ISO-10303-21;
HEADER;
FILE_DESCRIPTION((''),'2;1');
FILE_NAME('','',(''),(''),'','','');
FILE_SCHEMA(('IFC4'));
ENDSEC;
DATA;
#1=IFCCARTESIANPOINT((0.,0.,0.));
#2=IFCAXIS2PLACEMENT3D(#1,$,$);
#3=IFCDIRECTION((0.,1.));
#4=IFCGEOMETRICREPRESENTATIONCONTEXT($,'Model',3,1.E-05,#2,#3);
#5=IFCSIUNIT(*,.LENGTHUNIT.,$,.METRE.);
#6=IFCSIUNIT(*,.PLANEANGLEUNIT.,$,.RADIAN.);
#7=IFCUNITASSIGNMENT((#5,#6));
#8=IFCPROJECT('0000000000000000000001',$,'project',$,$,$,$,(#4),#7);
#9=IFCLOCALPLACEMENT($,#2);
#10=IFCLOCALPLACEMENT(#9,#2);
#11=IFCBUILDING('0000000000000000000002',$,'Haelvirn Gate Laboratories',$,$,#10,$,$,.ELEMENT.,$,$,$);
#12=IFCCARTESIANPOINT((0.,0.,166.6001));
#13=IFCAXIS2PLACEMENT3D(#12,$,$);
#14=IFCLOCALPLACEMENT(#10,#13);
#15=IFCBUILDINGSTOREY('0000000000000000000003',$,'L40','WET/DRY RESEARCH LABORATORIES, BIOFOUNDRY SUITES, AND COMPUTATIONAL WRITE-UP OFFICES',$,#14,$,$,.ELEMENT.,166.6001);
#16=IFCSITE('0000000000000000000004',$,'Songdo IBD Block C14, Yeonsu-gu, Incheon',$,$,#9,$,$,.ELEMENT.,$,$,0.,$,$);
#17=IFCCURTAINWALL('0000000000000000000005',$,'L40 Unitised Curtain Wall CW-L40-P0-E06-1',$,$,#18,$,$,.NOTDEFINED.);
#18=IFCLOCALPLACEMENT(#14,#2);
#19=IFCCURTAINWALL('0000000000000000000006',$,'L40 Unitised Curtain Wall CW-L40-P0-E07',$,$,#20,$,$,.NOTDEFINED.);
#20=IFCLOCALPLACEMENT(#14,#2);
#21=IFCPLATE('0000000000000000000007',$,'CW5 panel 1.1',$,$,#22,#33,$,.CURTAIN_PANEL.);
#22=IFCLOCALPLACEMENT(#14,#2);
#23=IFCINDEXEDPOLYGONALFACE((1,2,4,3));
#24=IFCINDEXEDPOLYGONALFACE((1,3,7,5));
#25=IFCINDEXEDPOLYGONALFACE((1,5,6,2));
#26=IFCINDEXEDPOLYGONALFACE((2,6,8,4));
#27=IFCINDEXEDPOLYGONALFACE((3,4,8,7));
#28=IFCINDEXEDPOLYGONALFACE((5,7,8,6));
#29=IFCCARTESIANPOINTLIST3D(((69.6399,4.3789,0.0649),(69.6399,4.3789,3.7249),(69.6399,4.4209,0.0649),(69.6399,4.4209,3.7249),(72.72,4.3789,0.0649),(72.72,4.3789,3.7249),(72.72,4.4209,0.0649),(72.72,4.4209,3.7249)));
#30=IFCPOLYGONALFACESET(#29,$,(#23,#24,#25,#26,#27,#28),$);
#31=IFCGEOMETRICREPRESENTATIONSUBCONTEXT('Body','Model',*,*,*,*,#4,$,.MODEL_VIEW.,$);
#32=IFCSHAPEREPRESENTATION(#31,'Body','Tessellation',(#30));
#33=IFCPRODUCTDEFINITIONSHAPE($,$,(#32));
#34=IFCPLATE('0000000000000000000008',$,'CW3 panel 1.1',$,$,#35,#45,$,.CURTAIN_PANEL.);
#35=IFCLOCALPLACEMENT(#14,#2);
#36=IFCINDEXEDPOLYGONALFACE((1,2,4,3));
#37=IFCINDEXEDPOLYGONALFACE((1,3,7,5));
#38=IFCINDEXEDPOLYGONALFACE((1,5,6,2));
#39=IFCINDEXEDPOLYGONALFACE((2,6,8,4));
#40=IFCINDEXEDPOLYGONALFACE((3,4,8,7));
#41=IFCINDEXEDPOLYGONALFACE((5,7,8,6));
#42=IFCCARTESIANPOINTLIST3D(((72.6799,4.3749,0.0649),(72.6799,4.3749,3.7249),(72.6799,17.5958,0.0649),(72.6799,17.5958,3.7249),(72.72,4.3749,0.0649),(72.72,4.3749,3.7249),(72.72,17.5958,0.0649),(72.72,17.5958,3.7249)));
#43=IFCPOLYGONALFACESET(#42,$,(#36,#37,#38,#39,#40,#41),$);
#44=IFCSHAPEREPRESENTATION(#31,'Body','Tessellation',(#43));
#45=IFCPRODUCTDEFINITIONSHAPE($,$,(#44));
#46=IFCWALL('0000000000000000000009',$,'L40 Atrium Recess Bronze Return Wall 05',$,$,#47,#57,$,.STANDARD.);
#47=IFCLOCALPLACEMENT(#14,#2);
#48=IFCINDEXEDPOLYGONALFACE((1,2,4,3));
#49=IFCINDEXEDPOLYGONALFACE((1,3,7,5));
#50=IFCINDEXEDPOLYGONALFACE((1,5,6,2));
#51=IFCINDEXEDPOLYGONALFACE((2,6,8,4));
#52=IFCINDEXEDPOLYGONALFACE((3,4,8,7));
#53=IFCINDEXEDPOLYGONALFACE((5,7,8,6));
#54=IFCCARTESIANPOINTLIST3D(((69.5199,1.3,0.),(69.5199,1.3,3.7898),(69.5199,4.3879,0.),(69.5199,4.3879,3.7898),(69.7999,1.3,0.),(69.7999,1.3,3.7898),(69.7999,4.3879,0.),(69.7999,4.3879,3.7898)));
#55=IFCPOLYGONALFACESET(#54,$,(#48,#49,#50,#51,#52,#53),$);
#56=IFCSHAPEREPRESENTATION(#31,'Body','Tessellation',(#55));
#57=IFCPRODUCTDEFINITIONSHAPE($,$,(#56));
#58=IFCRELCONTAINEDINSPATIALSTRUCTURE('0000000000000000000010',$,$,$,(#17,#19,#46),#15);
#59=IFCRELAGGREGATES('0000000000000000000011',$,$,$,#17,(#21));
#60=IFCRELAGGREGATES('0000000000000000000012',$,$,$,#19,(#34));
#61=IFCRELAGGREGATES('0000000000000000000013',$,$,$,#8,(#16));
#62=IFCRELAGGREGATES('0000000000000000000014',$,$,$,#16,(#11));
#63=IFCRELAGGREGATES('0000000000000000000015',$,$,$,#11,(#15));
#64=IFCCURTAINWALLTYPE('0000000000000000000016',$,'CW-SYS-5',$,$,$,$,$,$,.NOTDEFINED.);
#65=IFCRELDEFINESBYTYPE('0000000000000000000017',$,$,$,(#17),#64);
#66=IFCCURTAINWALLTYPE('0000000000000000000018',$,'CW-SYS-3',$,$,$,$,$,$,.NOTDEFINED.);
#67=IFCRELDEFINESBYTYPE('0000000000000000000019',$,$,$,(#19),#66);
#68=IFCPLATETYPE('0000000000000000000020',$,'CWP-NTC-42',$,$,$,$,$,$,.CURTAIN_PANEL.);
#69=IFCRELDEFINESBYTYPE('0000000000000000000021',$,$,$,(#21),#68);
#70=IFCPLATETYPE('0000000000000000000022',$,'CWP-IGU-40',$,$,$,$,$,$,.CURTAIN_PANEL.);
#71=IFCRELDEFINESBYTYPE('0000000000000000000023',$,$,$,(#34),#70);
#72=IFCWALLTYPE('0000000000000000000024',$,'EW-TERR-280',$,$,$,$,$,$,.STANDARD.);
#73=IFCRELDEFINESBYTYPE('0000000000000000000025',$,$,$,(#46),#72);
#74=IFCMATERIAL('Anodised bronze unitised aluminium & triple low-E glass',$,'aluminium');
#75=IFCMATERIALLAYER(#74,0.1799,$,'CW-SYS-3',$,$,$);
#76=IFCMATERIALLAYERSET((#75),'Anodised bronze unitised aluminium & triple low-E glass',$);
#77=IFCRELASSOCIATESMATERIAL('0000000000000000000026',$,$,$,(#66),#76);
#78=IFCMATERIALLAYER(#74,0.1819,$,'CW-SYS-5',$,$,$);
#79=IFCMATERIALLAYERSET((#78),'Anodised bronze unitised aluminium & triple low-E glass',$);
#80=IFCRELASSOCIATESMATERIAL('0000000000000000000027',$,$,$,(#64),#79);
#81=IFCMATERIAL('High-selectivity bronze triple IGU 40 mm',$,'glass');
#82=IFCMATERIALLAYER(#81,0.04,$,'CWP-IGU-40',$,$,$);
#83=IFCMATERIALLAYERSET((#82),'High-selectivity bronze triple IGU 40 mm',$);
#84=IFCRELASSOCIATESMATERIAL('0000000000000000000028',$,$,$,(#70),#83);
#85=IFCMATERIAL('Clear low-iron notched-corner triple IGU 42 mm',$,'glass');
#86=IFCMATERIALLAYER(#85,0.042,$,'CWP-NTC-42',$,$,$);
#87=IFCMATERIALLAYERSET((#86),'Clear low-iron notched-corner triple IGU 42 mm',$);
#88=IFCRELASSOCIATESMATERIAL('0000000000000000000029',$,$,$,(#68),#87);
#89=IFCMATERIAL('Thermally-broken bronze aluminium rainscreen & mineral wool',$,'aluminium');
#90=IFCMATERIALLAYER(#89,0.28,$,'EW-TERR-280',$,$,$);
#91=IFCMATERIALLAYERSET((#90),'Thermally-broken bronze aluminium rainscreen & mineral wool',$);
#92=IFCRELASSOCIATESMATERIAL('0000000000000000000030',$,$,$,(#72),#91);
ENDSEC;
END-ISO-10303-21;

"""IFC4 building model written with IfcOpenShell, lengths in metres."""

from ifc_helpers import new_model, si_unit, direction, frame, frame_2d, origin, origin_2d, place, context, subcontext, project, spatial, rectangle, extrude, source, transform, mapped, material, layer, layer_set, type_object, type_shapes, element, aggregate, save


model = new_model("IFC4")

# Units and contexts
model_context = context("Model", 3, precision=1e-05, world=origin(), true_north=direction((0.0, 1.0)))
body_context = subcontext(model_context, "Body", "Model", "MODEL_VIEW")
ifc_project = project(units=[si_unit("LENGTHUNIT", "METRE"), si_unit("PLANEANGLEUNIT", "RADIAN")], contexts=[model_context])

# Site, building, storey
site_placement = place(None, origin())
site = spatial("IfcSite", under=ifc_project, at=site_placement, Name="Songdo IBD Block C14, Yeonsu-gu, Incheon", CompositionType="ELEMENT", RefElevation=0.0)
building_placement = place(site_placement, origin())
building = spatial("IfcBuilding", under=site, at=building_placement, Name="Haelvirn Gate Laboratories", CompositionType="ELEMENT")
storey_placement = place(building_placement, frame((0.0, 0.0, 166.6001)))
storey = spatial("IfcBuildingStorey", under=building, at=storey_placement, Name="L40", Description="WET/DRY RESEARCH LABORATORIES, BIOFOUNDRY SUITES, AND COMPUTATIONAL WRITE-UP OFFICES", CompositionType="ELEMENT", Elevation=166.6001)

# Curtain walls
ifc_material_1 = material(Name="Anodised bronze unitised aluminium & triple low-E glass", Category="aluminium")
ifc_layer_1 = layer(ifc_material_1, 0.1799, Name="CW-SYS-3")
ifc_layer_set_1 = layer_set([ifc_layer_1], Name="Anodised bronze unitised aluminium & triple low-E glass")
curtain_wall_type_1 = type_object("IfcCurtainWallType", Name="CW-SYS-3", PredefinedType="NOTDEFINED", material=ifc_layer_set_1)
ifc_layer_2 = layer(ifc_material_1, 0.1819, Name="CW-SYS-5")
ifc_layer_set_2 = layer_set([ifc_layer_2], Name="Anodised bronze unitised aluminium & triple low-E glass")
curtain_wall_type_2 = type_object("IfcCurtainWallType", Name="CW-SYS-5", PredefinedType="NOTDEFINED", material=ifc_layer_set_2)
curtain_wall_1_placement = place(storey_placement, origin())
curtain_wall_1 = element("IfcCurtainWall", 1, at=curtain_wall_1_placement, inside=storey, type_object=curtain_wall_type_2, Name="L40 Unitised Curtain Wall CW-L40-P0-E06-1", PredefinedType="NOTDEFINED")
curtain_wall_2_placement = place(storey_placement, origin())
curtain_wall_2 = element("IfcCurtainWall", 2, at=curtain_wall_2_placement, inside=storey, type_object=curtain_wall_type_1, Name="L40 Unitised Curtain Wall CW-L40-P0-E07", PredefinedType="NOTDEFINED")

# Plates
ifc_material_2 = material(Name="High-selectivity bronze triple IGU 40 mm", Category="glass")
ifc_layer_3 = layer(ifc_material_2, 0.04, Name="CWP-IGU-40")
ifc_layer_set_3 = layer_set([ifc_layer_3], Name="High-selectivity bronze triple IGU 40 mm")
plate_type_1 = type_object("IfcPlateType", Name="CWP-IGU-40", PredefinedType="CURTAIN_PANEL", material=ifc_layer_set_3)
ifc_material_3 = material(Name="Clear low-iron notched-corner triple IGU 42 mm", Category="glass")
ifc_layer_4 = layer(ifc_material_3, 0.042, Name="CWP-NTC-42")
ifc_layer_set_4 = layer_set([ifc_layer_4], Name="Clear low-iron notched-corner triple IGU 42 mm")
plate_type_2 = type_object("IfcPlateType", Name="CWP-NTC-42", PredefinedType="CURTAIN_PANEL", material=ifc_layer_set_4)
shared_shape_1 = source(origin(), body_context, "Body", "SweptSolid", [
    extrude(rectangle(XDim=3.0801, YDim=0.042, at=origin_2d()), origin(), (0.0, 0.0, 1.0), 3.6599),
])
type_shapes(plate_type_2, [shared_shape_1])
plate_1_placement = place(storey_placement, frame((71.1799, 4.3999, 0.0649), z_axis=(0.0, 0.0, 1.0), x_axis=(1.0, 0.0, 0.0)))
plate_1 = element("IfcPlate", 3, at=plate_1_placement, type_object=plate_type_2, Name="CW5 panel 1.1", PredefinedType="CURTAIN_PANEL", context=body_context, shape_type="MappedRepresentation", body=[
    mapped(shared_shape_1, transform((0.0, 0.0, 0.0), scale=1.0)),
])
aggregate(curtain_wall_1, [plate_1])
shared_shape_2 = source(origin(), body_context, "Body", "SweptSolid", [
    extrude(rectangle(XDim=13.2209, YDim=0.04, at=origin_2d()), origin(), (0.0, 0.0, 1.0), 3.6599),
])
plate_2_placement = place(storey_placement, frame((72.7, 10.9854, 0.0649), z_axis=(0.0, 0.0, 1.0), x_axis=(0.0, 1.0, 0.0)))
plate_2 = element("IfcPlate", 4, at=plate_2_placement, type_object=plate_type_1, Name="CW3 panel 1.1", PredefinedType="CURTAIN_PANEL", context=body_context, shape_type="MappedRepresentation", body=[
    mapped(shared_shape_2, transform((0.0, 0.0, 0.0), scale=1.0)),
])
aggregate(curtain_wall_2, [plate_2])

# Wall
ifc_material_4 = material(Name="Thermally-broken bronze aluminium rainscreen & mineral wool", Category="aluminium")
ifc_layer_5 = layer(ifc_material_4, 0.28, Name="EW-TERR-280")
ifc_layer_set_5 = layer_set([ifc_layer_5], Name="Thermally-broken bronze aluminium rainscreen & mineral wool")
wall_type = type_object("IfcWallType", Name="EW-TERR-280", PredefinedType="STANDARD", material=ifc_layer_set_5)
wall_placement = place(storey_placement, frame((69.6599, 1.3, 0.0), z_axis=(0.0, 0.0, 1.0), x_axis=(0.0, 1.0, 0.0)))
element("IfcWall", 5, at=wall_placement, inside=storey, type_object=wall_type, Name="L40 Atrium Recess Bronze Return Wall 05", PredefinedType="STANDARD", context=body_context, shape_type="SweptSolid", body=[
    extrude(rectangle(XDim=3.0879, YDim=0.28, at=frame_2d((1.5439, 0.0))), origin(), (0.0, 0.0, 1.0), 3.7898),
])

save(model, "model.ifc")
